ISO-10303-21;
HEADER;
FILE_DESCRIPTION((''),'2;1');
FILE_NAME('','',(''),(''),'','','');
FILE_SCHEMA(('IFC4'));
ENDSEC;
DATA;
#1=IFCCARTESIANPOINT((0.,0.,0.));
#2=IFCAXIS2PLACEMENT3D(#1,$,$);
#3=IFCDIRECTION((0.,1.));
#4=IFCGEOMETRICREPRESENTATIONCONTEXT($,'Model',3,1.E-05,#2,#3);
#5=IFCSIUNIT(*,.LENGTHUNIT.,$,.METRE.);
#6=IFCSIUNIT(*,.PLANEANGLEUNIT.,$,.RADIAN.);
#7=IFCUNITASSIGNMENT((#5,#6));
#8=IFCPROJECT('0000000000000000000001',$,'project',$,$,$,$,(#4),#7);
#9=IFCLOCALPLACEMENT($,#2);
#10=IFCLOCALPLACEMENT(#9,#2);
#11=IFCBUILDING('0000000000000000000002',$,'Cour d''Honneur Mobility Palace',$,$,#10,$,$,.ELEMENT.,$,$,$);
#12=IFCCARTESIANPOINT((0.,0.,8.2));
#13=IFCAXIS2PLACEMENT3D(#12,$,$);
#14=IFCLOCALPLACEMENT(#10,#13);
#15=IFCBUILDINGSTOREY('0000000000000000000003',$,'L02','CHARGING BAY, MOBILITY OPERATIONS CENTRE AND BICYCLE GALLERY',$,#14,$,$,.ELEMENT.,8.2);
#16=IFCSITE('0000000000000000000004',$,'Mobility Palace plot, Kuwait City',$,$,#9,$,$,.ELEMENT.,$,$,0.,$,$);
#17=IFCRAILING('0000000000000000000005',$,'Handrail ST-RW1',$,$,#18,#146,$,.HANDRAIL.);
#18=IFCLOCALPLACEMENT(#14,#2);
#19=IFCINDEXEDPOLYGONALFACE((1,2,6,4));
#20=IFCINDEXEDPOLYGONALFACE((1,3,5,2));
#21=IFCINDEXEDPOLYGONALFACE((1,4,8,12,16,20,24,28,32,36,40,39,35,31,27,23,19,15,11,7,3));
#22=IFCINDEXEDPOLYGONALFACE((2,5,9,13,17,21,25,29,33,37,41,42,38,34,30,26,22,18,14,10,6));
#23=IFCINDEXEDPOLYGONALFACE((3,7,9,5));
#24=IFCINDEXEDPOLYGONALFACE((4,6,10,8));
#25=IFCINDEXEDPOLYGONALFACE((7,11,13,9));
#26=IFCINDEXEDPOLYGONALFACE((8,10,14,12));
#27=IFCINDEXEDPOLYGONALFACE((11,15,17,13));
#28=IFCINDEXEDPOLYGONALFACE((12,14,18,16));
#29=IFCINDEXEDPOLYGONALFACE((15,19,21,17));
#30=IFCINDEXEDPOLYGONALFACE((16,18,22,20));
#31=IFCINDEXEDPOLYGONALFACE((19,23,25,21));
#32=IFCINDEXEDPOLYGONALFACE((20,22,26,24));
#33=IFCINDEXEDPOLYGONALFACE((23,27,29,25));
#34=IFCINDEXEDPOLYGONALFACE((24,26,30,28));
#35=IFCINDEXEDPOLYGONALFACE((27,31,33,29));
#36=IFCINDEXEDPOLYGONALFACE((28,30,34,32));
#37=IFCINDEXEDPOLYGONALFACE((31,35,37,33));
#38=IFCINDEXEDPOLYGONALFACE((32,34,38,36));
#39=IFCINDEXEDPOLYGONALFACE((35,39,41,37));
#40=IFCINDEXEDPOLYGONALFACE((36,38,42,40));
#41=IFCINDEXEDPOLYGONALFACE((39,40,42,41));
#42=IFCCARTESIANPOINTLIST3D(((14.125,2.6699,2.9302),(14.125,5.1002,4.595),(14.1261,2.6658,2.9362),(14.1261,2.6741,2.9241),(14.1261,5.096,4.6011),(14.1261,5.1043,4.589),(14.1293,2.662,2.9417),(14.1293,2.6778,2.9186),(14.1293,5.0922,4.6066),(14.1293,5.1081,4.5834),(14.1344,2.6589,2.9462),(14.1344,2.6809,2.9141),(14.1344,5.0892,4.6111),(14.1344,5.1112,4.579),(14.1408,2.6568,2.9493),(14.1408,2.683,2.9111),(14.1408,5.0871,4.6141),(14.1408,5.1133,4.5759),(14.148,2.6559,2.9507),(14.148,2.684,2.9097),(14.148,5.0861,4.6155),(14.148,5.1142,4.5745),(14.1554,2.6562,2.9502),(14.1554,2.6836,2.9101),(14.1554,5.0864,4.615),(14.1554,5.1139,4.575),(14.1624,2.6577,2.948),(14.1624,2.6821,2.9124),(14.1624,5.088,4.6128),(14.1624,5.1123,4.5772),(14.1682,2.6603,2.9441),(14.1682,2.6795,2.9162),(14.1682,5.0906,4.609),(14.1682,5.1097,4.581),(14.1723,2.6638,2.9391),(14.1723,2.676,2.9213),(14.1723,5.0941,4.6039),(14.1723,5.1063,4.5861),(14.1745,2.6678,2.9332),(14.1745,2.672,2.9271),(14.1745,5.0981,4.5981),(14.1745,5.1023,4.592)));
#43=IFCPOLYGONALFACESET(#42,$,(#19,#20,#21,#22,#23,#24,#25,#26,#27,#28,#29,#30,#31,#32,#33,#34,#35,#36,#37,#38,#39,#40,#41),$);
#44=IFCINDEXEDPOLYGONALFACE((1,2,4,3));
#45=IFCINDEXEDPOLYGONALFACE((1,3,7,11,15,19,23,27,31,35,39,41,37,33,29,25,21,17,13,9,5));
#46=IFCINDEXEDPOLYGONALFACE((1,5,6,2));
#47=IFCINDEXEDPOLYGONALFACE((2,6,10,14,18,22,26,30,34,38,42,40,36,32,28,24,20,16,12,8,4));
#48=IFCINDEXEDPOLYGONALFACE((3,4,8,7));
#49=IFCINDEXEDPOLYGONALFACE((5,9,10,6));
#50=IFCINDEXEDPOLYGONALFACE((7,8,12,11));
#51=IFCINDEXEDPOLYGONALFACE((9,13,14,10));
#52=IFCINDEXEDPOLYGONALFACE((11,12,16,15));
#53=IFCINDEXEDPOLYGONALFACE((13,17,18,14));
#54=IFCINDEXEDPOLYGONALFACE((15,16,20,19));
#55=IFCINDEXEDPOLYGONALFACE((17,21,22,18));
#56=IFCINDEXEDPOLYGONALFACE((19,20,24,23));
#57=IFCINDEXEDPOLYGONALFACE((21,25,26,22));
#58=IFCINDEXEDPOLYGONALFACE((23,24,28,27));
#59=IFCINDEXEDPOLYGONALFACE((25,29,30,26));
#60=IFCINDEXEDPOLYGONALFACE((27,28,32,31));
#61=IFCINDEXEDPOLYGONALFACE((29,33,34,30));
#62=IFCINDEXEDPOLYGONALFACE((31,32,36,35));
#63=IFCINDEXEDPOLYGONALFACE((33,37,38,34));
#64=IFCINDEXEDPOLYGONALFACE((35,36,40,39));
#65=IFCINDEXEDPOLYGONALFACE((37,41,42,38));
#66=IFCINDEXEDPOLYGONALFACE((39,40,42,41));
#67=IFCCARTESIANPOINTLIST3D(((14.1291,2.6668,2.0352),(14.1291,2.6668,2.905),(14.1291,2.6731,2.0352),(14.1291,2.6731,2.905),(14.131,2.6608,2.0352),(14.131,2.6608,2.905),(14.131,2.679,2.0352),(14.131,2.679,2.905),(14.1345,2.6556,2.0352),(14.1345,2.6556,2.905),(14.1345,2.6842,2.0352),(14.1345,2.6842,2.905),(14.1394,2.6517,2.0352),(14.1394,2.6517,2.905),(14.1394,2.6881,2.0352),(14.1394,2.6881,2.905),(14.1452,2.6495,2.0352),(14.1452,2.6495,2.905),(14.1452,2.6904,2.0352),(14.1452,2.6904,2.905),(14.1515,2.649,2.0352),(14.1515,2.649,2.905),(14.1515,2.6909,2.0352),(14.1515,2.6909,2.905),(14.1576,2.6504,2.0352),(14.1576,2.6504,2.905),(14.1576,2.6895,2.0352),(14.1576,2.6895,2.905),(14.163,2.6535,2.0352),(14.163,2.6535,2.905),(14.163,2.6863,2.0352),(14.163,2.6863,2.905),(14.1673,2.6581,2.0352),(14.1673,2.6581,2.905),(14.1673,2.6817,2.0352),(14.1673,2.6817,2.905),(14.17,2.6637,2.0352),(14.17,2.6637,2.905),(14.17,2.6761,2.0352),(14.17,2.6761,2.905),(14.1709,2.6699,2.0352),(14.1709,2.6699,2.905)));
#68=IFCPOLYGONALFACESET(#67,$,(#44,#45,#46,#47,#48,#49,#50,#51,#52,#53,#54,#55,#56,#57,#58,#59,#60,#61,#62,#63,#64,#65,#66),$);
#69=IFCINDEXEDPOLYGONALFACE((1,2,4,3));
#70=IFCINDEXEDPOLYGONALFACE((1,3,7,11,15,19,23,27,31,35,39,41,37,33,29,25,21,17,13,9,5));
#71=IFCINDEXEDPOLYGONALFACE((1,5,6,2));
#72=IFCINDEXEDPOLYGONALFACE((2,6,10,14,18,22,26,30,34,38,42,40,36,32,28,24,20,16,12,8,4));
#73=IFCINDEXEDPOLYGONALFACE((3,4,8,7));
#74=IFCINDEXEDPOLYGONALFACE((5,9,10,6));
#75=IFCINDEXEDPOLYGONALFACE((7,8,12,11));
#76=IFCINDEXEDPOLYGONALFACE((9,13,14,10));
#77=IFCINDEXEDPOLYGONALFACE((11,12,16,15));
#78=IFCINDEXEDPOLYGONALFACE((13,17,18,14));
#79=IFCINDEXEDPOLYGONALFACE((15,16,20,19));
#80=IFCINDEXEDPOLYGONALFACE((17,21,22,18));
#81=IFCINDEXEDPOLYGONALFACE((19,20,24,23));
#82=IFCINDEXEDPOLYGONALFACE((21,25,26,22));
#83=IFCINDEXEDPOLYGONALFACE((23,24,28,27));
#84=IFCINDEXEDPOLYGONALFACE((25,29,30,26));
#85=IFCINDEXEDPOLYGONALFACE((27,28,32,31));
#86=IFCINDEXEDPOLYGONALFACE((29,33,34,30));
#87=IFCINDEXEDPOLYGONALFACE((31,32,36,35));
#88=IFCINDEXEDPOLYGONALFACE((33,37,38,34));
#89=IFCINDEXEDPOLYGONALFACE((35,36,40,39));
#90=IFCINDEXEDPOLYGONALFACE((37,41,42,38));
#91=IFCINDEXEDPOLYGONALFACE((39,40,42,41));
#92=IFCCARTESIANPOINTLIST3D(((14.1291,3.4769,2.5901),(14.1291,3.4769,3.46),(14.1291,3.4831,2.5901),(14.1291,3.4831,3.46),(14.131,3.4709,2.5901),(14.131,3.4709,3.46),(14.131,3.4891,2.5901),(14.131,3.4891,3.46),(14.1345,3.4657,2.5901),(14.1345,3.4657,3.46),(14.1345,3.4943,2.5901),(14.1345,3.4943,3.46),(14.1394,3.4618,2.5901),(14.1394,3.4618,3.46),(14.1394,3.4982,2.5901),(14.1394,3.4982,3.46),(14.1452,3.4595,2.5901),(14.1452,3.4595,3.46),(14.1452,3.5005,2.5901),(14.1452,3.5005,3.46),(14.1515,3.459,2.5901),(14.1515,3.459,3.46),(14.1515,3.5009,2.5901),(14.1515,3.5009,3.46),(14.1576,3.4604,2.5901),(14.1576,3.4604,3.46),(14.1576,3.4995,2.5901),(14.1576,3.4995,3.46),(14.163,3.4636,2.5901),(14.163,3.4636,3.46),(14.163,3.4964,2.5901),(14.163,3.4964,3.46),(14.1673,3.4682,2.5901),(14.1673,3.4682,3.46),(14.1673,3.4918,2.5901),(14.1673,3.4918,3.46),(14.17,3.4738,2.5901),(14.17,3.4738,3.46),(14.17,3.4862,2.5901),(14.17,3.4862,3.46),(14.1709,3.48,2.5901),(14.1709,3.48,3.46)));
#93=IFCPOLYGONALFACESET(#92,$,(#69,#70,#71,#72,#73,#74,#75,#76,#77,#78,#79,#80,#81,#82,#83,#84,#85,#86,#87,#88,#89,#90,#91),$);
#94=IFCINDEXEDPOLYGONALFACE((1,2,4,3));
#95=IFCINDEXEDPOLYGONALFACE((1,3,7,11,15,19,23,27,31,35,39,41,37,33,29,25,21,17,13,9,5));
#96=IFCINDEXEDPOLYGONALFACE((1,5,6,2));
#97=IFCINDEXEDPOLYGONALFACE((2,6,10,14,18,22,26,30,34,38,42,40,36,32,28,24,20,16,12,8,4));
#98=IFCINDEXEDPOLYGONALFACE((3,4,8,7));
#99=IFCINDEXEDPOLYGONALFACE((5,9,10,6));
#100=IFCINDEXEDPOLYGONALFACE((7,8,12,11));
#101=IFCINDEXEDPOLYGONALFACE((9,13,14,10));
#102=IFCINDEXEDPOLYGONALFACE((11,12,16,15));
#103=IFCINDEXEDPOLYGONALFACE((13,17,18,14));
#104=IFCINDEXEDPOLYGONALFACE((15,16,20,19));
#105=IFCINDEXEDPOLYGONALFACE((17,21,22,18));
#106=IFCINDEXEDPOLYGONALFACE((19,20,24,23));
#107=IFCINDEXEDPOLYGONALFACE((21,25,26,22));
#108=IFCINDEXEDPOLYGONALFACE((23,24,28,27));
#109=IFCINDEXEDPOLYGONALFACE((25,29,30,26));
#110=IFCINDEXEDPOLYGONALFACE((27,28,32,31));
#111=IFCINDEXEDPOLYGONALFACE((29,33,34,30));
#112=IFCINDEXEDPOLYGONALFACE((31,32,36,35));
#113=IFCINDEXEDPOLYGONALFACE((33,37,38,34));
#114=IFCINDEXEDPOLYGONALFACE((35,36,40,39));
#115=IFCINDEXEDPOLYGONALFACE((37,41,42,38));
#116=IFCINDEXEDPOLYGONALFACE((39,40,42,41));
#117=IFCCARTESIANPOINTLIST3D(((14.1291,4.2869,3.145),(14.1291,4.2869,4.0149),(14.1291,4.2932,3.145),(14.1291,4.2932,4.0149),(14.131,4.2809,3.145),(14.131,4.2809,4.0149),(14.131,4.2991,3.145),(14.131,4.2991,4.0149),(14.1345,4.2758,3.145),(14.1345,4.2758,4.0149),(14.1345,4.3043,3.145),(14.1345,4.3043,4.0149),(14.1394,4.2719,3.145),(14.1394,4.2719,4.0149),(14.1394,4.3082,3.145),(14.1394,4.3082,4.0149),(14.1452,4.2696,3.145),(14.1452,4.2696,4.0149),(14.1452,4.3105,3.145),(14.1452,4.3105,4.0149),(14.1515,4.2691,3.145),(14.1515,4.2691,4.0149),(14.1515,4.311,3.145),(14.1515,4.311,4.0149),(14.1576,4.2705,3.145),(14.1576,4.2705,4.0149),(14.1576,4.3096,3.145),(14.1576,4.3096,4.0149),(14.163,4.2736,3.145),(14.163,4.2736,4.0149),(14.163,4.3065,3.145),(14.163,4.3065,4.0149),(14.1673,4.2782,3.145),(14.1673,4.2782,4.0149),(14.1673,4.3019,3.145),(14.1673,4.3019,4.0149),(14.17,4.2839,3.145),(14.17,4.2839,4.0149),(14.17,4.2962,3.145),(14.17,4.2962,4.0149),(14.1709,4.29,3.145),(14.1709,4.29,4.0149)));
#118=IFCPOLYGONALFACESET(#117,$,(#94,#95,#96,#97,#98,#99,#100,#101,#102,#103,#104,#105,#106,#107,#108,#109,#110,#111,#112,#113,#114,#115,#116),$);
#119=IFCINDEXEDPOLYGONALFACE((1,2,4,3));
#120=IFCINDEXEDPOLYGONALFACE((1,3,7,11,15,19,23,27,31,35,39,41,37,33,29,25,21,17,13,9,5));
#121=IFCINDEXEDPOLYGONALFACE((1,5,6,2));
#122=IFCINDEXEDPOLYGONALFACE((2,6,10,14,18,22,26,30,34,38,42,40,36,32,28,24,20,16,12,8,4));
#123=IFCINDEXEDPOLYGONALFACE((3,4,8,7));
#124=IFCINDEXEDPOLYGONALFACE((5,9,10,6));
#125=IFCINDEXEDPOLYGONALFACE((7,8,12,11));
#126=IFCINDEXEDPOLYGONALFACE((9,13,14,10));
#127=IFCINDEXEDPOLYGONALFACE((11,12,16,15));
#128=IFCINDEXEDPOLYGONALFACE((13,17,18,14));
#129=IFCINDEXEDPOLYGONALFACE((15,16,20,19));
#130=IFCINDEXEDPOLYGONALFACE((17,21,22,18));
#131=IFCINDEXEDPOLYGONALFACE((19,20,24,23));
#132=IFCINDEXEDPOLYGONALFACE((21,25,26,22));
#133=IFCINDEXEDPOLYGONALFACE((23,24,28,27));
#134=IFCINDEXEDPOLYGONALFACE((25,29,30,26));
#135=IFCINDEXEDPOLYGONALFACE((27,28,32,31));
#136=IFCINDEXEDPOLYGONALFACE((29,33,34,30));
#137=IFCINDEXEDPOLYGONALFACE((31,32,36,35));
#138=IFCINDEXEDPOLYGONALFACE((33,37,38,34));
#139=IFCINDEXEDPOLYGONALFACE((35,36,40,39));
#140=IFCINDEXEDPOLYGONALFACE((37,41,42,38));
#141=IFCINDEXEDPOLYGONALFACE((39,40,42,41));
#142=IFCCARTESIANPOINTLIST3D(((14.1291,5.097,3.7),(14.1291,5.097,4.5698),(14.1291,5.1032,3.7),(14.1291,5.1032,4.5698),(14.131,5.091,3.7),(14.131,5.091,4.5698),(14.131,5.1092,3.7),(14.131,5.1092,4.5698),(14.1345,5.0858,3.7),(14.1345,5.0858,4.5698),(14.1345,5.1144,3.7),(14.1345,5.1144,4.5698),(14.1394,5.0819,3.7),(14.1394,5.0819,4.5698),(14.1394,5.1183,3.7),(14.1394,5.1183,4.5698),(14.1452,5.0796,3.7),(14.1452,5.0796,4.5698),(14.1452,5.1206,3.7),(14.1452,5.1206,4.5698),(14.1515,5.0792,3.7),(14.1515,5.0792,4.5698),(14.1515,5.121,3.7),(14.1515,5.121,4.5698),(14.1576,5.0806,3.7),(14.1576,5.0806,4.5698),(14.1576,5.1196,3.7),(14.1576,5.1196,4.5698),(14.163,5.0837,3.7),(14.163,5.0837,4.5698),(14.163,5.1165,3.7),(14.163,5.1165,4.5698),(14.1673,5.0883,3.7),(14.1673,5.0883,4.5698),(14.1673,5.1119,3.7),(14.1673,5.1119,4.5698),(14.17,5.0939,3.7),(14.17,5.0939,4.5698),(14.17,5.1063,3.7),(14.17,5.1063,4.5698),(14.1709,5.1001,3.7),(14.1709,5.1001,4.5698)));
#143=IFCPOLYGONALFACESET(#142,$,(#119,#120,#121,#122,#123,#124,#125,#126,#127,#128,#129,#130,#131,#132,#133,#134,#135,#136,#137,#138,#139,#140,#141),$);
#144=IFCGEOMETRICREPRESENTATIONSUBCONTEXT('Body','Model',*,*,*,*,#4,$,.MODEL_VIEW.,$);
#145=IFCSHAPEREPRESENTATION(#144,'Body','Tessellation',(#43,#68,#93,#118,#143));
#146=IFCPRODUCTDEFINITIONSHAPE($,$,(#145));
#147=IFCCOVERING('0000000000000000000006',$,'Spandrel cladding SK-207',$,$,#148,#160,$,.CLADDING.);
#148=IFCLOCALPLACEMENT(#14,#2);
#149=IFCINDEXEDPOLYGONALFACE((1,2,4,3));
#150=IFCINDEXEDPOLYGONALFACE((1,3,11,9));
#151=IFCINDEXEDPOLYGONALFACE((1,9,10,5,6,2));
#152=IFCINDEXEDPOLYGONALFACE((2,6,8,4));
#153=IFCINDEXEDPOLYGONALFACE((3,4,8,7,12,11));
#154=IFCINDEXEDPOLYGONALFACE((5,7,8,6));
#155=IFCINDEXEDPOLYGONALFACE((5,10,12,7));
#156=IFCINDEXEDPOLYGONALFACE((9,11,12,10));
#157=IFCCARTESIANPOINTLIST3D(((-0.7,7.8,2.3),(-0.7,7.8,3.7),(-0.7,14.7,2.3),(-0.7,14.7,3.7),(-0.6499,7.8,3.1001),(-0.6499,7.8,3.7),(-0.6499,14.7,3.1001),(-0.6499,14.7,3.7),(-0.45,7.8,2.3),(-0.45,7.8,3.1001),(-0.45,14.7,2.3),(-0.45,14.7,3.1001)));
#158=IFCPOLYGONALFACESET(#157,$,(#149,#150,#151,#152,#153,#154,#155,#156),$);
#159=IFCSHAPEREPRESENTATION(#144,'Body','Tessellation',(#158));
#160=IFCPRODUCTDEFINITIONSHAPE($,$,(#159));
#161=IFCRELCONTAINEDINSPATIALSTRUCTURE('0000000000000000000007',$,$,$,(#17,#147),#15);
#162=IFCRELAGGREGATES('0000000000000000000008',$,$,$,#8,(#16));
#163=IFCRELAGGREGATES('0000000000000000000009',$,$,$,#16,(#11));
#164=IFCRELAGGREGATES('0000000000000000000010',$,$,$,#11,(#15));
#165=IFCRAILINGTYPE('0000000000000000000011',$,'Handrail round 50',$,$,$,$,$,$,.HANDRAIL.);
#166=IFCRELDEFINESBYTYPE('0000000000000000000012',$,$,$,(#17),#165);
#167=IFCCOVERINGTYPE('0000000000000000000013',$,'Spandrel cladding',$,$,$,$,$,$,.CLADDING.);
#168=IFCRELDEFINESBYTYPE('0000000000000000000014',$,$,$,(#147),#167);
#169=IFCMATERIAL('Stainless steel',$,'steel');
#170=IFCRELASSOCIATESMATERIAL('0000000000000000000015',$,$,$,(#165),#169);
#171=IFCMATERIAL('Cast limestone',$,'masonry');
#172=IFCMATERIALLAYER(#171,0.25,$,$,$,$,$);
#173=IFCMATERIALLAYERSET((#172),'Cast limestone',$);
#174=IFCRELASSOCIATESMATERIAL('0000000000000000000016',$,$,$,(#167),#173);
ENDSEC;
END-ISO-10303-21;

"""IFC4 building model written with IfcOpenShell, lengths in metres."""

from ifc_helpers import new_model, si_unit, direction, frame, origin, origin_2d, place, context, subcontext, project, spatial, polyline, circle, outline, extrude, material, layer, layer_set, type_object, element, save


model = new_model("IFC4")

# Units and contexts
model_context = context("Model", 3, precision=1e-05, world=origin(), true_north=direction((0.0, 1.0)))
body_context = subcontext(model_context, "Body", "Model", "MODEL_VIEW")
ifc_project = project(units=[si_unit("LENGTHUNIT", "METRE"), si_unit("PLANEANGLEUNIT", "RADIAN")], contexts=[model_context])

# Site, building, storey
site_placement = place(None, origin())
site = spatial("IfcSite", under=ifc_project, at=site_placement, Name="Mobility Palace plot, Kuwait City", CompositionType="ELEMENT", RefElevation=0.0)
building_placement = place(site_placement, origin())
building = spatial("IfcBuilding", under=site, at=building_placement, Name="Cour d'Honneur Mobility Palace", CompositionType="ELEMENT")
storey_placement = place(building_placement, frame((0.0, 0.0, 8.2)))
storey = spatial("IfcBuildingStorey", under=building, at=storey_placement, Name="L02", Description="CHARGING BAY, MOBILITY OPERATIONS CENTRE AND BICYCLE GALLERY", CompositionType="ELEMENT", Elevation=8.2)

# Railing
ifc_material_1 = material(Name="Stainless steel", Category="steel")
railing_type_1 = type_object("IfcRailingType", Name="Handrail round 50", PredefinedType="HANDRAIL", material=ifc_material_1)
for number, where, name in (
    (1, (14.1499, 2.6699, 2.0352), "Handrail ST-RW1"),
):
    element("IfcRailing", number, at=place(storey_placement, frame(where)), inside=storey, type_object=railing_type_1, Name=name, PredefinedType="HANDRAIL", context=body_context, shape_type="SweptSolid", body=[
        extrude(circle(Radius=0.0249, at=origin_2d()), frame((0.0, 0.0, 0.895), z_axis=(0.0, 0.824984, 0.565156), x_axis=(-1.0, 0.0, 0.0)), (0.0, 0.0, 1.0), 2.9458),
        extrude(circle(Radius=0.021, at=origin_2d()), origin(), (0.0, 0.0, 1.0), 0.8699),
        extrude(circle(Radius=0.021, at=origin_2d()), frame((0.0, 0.8101, 0.5549)), (0.0, 0.0, 1.0), 0.8699),
        extrude(circle(Radius=0.021, at=origin_2d()), frame((0.0, 1.6201, 1.1099)), (0.0, 0.0, 1.0), 0.8699),
        extrude(circle(Radius=0.021, at=origin_2d()), frame((0.0, 2.4302, 1.6648)), (0.0, 0.0, 1.0), 0.8699),
    ])

# Covering
ifc_material_2 = material(Name="Cast limestone", Category="masonry")
ifc_layer_1 = layer(ifc_material_2, 0.25)
ifc_layer_set_1 = layer_set([ifc_layer_1], Name="Cast limestone")
covering_type = type_object("IfcCoveringType", Name="Spandrel cladding", PredefinedType="CLADDING", material=ifc_layer_set_1)
covering_placement = place(storey_placement, frame((-0.45, 14.7, 2.3), z_axis=(0.0, 1.0, 0.0), x_axis=(-1.0, 0.0, 0.0)))
element("IfcCovering", 2, at=covering_placement, inside=storey, type_object=covering_type, Name="Spandrel cladding SK-207", PredefinedType="CLADDING", context=body_context, shape_type="SweptSolid", body=[
    extrude(outline(polyline([(0.0, 0.0), (0.25, 0.0), (0.25, 1.3999), (0.2, 1.3999), (0.2, 0.8), (0.0, 0.8), (0.0, 0.0)])), origin(), (0.0, 0.0, -1.0), 6.8999),
])

save(model, "model.ifc")
